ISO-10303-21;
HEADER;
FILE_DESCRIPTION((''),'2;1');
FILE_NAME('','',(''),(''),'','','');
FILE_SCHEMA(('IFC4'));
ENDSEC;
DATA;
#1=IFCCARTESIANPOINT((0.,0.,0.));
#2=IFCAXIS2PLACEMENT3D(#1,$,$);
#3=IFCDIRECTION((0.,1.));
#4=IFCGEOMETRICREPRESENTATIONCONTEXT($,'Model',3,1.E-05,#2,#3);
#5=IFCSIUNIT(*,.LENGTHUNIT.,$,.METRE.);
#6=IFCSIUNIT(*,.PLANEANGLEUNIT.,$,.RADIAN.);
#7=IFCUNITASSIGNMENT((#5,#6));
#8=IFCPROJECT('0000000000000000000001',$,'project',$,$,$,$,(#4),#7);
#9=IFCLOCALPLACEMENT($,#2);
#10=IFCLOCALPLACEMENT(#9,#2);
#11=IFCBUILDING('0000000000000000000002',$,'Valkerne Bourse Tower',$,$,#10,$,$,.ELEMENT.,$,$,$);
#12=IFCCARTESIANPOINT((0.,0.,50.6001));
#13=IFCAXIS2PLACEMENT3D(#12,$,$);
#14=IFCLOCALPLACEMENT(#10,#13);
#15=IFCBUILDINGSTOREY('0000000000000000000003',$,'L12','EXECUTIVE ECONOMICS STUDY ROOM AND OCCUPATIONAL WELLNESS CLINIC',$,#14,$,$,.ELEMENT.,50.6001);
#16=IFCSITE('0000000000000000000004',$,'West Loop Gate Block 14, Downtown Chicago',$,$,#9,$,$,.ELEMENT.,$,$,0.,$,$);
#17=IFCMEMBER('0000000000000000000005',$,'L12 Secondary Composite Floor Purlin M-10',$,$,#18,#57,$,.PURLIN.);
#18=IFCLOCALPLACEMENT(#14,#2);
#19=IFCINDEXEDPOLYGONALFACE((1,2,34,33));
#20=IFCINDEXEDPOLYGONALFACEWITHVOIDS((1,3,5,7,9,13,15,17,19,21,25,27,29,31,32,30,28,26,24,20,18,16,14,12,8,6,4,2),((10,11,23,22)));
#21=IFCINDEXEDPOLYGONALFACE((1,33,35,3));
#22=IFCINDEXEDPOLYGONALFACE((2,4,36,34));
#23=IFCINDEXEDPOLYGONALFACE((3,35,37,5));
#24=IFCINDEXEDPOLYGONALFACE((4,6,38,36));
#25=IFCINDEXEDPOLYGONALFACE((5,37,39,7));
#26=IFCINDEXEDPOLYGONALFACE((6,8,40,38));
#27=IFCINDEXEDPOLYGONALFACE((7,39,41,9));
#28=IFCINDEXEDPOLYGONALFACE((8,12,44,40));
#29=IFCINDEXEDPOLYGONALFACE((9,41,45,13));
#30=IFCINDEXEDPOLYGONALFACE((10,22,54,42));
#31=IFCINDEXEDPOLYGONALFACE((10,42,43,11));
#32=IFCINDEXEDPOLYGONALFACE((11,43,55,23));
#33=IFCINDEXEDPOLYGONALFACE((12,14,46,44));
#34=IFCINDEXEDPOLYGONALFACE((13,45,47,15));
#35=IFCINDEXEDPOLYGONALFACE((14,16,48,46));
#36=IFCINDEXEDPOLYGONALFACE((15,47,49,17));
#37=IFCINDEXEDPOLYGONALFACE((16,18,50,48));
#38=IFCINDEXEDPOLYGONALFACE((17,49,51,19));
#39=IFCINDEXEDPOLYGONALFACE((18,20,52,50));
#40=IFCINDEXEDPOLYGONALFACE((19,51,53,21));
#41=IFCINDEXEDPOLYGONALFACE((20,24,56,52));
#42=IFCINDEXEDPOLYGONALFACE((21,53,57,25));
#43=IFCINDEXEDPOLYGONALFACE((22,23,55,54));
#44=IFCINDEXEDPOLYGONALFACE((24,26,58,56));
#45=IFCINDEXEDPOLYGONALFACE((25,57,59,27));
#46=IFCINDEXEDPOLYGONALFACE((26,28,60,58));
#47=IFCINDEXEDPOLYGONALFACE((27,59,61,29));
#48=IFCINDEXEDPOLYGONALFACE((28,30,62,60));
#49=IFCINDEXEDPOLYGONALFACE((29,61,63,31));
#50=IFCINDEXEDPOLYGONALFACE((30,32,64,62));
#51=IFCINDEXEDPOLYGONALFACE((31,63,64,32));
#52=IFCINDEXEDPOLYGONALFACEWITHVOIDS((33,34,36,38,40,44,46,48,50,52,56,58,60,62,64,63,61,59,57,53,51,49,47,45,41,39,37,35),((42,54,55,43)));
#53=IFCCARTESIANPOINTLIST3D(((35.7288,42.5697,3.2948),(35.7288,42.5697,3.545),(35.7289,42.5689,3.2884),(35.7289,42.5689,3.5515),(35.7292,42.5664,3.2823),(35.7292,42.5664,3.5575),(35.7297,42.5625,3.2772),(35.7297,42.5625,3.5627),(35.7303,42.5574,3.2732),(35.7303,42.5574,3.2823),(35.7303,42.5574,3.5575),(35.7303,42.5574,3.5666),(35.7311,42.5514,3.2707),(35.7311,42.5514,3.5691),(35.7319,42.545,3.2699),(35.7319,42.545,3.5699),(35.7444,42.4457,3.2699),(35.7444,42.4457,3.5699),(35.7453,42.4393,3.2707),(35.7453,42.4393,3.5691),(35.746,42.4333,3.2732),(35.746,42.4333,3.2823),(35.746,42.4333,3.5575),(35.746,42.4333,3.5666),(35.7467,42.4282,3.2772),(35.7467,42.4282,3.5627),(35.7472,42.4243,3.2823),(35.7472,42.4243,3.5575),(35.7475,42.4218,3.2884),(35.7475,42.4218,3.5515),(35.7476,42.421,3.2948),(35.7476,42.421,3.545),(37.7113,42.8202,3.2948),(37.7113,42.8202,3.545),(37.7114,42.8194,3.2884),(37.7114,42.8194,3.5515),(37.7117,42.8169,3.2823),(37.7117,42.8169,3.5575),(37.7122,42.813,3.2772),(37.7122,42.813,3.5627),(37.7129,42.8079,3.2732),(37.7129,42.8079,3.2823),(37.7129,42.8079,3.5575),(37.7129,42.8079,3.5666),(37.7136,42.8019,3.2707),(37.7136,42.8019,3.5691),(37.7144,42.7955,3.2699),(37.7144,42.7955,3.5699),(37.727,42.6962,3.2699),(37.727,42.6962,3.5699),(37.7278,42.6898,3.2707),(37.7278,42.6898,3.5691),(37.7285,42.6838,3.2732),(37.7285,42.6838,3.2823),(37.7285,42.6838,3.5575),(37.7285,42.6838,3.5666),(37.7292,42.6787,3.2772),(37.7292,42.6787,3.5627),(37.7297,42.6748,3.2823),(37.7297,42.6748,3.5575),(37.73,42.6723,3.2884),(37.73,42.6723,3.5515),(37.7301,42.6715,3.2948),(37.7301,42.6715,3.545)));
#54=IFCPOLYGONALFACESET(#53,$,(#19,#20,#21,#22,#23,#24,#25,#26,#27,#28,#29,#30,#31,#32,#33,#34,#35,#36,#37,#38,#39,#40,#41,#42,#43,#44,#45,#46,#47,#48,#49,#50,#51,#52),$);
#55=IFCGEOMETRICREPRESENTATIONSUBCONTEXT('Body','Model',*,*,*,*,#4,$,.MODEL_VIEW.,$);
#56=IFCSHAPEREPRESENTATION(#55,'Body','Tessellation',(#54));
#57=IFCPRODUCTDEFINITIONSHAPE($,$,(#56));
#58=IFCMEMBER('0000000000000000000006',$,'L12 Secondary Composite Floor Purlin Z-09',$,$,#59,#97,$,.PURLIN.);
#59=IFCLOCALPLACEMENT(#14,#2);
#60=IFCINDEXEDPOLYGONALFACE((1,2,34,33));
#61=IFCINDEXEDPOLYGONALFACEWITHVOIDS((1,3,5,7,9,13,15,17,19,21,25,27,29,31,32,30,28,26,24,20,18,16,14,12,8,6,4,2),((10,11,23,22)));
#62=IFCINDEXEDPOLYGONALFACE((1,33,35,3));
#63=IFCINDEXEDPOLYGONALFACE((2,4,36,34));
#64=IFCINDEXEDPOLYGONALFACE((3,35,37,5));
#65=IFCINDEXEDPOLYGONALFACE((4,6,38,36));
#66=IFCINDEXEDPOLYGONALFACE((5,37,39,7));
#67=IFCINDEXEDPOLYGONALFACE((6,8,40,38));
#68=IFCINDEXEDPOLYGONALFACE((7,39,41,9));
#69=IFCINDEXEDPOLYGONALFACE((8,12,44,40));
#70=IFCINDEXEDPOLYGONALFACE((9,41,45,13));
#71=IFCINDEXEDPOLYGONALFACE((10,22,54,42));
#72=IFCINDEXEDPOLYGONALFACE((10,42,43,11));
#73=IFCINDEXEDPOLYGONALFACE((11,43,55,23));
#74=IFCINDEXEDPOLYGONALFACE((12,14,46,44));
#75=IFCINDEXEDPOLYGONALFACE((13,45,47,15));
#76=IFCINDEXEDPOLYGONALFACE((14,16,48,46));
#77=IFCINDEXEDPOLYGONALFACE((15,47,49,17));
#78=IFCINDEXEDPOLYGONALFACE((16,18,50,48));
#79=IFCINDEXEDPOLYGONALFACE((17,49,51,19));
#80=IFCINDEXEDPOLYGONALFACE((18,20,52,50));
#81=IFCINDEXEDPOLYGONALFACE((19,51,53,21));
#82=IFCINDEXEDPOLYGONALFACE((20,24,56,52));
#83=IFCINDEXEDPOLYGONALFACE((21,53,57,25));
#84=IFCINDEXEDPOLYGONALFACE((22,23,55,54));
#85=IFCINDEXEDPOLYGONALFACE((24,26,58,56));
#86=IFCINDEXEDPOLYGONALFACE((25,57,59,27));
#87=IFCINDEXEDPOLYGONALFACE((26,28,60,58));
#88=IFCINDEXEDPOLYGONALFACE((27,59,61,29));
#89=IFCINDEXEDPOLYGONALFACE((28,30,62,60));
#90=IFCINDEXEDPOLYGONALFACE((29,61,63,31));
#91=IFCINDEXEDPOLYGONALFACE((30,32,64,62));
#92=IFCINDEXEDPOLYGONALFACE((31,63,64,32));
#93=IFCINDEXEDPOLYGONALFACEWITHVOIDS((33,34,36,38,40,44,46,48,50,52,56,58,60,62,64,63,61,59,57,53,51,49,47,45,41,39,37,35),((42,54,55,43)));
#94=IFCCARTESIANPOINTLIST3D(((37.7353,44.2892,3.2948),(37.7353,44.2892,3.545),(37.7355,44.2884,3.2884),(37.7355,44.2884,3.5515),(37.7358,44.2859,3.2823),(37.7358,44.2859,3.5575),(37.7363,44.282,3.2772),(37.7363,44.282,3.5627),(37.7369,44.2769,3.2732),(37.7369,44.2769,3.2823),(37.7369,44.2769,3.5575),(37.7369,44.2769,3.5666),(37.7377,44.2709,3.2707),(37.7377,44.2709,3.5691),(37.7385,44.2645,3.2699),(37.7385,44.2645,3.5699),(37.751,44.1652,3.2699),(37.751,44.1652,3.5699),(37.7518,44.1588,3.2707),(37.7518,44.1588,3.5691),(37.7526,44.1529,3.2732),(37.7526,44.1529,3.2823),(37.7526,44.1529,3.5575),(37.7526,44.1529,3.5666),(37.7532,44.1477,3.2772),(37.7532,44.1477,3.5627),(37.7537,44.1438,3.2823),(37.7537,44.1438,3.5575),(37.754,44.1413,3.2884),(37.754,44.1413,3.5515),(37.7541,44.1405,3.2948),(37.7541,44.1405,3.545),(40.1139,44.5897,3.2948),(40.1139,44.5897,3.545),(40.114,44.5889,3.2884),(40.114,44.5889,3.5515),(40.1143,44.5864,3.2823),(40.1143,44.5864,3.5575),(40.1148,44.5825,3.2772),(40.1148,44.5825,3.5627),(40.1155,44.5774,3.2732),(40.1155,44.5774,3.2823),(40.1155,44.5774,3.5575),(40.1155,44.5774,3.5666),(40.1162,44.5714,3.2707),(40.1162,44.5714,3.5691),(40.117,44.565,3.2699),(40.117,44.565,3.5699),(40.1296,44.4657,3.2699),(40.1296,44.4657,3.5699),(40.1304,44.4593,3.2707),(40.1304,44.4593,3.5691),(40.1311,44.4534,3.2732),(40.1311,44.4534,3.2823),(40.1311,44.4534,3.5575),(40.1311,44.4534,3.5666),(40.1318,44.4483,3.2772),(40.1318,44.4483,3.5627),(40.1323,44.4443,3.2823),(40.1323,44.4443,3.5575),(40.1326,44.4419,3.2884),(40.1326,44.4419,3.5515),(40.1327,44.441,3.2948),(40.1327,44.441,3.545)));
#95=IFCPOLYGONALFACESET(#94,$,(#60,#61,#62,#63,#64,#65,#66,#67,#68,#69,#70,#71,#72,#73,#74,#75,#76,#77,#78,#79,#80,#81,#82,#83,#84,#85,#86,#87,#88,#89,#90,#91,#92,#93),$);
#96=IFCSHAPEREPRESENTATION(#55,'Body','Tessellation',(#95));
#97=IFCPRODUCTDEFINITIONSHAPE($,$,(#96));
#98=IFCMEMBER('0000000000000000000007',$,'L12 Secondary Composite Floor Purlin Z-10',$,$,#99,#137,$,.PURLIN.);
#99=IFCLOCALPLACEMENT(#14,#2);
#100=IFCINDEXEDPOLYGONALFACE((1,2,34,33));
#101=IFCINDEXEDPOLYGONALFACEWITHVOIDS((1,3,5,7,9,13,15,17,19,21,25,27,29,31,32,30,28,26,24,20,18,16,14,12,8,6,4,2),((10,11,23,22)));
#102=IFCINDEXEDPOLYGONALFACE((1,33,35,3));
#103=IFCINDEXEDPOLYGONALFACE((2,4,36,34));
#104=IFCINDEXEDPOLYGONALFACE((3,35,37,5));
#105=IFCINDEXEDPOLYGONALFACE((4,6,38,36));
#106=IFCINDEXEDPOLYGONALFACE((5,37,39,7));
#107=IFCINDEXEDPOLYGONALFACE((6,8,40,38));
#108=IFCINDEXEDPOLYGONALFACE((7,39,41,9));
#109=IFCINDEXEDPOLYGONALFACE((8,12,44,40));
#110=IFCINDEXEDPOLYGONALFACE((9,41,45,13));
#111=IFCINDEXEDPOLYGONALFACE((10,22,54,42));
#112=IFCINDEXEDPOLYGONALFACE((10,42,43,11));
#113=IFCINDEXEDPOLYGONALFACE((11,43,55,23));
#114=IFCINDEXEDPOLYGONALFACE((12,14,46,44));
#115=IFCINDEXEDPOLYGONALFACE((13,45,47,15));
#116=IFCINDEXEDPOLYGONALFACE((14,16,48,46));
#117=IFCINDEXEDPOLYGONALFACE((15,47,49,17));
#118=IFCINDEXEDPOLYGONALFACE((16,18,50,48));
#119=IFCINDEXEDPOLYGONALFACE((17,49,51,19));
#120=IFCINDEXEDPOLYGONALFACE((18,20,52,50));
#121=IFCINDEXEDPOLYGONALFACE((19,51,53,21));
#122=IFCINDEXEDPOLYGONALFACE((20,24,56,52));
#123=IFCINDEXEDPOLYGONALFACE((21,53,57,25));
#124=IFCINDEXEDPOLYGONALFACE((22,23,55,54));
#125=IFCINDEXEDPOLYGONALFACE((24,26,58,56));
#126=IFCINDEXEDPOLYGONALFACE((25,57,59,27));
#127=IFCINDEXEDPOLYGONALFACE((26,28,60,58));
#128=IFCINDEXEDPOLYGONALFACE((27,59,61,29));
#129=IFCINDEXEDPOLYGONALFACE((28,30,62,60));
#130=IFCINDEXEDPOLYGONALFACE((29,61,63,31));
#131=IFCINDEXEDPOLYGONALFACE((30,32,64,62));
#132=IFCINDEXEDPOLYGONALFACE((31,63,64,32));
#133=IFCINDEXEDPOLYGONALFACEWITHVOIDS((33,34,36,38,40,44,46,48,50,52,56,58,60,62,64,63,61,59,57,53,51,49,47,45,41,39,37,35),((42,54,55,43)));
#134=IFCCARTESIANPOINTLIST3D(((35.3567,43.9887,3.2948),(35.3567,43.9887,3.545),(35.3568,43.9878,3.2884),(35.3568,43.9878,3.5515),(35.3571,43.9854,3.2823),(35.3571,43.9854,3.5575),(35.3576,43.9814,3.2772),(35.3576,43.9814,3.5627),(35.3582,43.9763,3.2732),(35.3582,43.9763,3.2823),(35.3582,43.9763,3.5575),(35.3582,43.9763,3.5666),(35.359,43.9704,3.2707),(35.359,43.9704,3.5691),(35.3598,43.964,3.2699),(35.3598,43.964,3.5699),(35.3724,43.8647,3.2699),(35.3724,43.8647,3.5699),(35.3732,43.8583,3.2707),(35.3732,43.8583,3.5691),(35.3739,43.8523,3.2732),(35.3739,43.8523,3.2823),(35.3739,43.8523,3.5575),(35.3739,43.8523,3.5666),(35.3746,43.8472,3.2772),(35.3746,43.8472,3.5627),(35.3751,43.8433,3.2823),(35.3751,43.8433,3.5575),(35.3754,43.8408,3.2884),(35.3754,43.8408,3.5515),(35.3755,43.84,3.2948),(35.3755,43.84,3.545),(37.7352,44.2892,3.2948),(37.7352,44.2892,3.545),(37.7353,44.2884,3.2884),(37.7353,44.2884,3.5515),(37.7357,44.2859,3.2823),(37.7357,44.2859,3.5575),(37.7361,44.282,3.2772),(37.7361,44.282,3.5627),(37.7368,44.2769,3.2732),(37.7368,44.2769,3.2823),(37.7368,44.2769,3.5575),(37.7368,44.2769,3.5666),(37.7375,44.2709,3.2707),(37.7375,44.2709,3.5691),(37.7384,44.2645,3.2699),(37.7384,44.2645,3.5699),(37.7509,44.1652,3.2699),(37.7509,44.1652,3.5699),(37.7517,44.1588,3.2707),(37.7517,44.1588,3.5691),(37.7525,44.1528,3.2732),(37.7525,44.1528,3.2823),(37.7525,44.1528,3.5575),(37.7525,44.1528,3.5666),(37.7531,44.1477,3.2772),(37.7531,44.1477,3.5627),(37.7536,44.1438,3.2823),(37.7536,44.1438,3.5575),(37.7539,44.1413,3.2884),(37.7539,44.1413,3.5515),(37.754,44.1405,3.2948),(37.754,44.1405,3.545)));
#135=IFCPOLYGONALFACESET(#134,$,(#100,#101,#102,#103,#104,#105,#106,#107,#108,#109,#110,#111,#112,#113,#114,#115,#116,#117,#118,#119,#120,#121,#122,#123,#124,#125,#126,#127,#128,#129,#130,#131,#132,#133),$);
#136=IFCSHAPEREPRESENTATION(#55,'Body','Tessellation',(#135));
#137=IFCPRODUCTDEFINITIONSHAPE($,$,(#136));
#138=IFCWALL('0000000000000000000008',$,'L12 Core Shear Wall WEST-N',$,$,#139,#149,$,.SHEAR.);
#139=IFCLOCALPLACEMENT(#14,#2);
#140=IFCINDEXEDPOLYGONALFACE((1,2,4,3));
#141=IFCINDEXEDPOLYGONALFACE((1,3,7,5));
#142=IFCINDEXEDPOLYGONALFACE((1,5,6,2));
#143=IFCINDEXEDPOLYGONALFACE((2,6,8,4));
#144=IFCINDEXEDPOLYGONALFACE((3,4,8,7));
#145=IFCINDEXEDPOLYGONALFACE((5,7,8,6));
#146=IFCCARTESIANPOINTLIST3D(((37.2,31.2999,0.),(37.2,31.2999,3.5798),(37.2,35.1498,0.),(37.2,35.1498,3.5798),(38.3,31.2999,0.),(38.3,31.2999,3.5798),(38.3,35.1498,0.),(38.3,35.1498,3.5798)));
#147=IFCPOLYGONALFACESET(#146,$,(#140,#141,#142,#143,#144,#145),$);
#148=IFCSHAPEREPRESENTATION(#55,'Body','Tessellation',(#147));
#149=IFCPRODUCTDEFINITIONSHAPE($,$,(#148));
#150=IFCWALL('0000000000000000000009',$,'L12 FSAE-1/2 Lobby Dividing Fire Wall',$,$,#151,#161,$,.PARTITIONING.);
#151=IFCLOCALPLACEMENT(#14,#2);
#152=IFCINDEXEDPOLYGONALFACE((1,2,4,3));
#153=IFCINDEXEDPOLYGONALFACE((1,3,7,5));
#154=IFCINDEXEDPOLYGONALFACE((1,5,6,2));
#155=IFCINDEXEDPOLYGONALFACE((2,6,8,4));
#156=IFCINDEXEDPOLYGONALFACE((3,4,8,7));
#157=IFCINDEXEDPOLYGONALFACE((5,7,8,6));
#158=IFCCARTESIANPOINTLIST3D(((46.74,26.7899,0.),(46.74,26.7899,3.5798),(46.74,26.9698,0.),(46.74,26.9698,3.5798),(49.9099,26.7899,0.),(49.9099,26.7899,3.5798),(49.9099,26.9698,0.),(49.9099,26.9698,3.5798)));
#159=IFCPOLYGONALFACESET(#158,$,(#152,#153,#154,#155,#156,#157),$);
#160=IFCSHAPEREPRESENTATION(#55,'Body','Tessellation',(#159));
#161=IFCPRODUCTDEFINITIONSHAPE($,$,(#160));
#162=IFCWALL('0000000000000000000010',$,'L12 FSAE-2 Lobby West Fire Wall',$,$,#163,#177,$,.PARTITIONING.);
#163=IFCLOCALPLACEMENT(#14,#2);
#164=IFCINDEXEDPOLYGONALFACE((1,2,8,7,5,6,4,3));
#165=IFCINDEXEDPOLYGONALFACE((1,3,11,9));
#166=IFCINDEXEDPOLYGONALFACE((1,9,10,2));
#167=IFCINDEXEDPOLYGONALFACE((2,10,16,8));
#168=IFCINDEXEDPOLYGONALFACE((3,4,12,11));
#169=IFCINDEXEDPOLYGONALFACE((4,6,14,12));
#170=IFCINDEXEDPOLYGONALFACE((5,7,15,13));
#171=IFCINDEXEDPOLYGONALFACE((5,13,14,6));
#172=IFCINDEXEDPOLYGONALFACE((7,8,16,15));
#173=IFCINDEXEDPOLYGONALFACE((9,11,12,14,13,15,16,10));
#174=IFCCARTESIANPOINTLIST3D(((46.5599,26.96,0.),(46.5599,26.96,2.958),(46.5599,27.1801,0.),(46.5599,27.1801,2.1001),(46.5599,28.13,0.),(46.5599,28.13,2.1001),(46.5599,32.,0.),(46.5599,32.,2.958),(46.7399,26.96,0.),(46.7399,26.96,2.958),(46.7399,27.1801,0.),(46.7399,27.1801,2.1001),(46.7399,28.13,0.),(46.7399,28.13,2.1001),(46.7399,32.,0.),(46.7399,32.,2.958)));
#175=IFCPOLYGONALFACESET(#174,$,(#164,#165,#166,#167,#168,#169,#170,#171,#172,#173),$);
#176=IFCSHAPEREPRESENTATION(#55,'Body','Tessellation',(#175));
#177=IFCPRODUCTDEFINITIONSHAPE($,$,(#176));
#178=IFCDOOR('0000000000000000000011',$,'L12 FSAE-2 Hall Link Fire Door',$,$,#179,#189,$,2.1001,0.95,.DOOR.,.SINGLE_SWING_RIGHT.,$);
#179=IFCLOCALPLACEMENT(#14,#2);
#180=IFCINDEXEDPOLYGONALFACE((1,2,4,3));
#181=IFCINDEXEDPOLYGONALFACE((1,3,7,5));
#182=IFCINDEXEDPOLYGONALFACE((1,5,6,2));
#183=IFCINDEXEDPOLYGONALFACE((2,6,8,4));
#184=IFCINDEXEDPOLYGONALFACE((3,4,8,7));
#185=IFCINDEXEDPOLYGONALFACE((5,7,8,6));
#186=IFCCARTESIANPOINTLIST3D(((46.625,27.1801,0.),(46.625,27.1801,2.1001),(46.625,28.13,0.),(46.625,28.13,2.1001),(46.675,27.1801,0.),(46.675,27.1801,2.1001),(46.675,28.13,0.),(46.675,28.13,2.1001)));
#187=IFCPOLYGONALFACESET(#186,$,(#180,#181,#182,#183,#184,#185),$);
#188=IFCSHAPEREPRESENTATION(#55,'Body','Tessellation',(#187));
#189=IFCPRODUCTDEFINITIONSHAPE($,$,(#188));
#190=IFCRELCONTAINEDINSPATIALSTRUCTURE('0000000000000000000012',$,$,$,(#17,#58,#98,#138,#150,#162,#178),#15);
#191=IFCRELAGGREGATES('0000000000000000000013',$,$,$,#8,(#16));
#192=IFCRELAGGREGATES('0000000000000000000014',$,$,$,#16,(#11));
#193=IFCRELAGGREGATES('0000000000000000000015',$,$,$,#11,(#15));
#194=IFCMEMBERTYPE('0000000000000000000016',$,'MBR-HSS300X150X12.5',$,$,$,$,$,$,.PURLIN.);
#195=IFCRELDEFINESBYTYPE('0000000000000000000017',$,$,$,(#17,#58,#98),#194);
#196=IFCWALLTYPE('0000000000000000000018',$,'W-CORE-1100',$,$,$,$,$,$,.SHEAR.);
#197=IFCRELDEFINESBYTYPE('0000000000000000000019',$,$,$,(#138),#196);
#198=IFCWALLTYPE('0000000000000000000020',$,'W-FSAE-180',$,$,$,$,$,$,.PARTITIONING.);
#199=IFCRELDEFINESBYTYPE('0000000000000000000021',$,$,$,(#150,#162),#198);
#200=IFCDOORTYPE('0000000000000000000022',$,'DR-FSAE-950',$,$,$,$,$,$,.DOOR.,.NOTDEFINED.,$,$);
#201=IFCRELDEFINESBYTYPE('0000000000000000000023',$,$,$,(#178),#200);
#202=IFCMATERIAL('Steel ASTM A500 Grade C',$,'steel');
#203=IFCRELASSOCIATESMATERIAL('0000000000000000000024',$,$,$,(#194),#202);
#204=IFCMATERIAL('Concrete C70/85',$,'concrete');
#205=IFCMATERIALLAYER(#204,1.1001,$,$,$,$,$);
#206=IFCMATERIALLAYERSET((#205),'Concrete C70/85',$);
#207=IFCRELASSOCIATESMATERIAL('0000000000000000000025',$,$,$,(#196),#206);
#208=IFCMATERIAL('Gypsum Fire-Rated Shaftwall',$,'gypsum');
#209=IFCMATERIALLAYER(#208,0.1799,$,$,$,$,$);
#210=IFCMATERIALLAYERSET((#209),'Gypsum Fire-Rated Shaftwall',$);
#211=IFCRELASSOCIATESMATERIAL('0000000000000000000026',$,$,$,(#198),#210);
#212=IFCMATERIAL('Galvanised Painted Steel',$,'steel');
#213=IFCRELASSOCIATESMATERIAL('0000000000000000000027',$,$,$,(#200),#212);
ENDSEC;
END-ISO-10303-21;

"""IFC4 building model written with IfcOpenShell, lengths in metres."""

from ifc_helpers import new_model, si_unit, direction, frame, frame_2d, origin, origin_2d, place, context, subcontext, project, spatial, rectangle, hollow_rectangle, extrude, material, layer, layer_set, material_profile, profile_set, type_object, element, fill, save


model = new_model("IFC4")

# Units and contexts
model_context = context("Model", 3, precision=1e-05, world=origin(), true_north=direction((0.0, 1.0)))
body_context = subcontext(model_context, "Body", "Model", "MODEL_VIEW")
ifc_project = project(units=[si_unit("LENGTHUNIT", "METRE"), si_unit("PLANEANGLEUNIT", "RADIAN")], contexts=[model_context])

# Site, building, storey
site_placement = place(None, origin())
site = spatial("IfcSite", under=ifc_project, at=site_placement, Name="West Loop Gate Block 14, Downtown Chicago", CompositionType="ELEMENT", RefElevation=0.0)
building_placement = place(site_placement, origin())
building = spatial("IfcBuilding", under=site, at=building_placement, Name="Valkerne Bourse Tower", CompositionType="ELEMENT")
storey_placement = place(building_placement, frame((0.0, 0.0, 50.6001)))
storey = spatial("IfcBuildingStorey", under=building, at=storey_placement, Name="L12", Description="EXECUTIVE ECONOMICS STUDY ROOM AND OCCUPATIONAL WELLNESS CLINIC", CompositionType="ELEMENT", Elevation=50.6001)

# Members
ifc_material_1 = material(Name="Steel ASTM A500 Grade C", Category="steel")
ifc_material_profile_1 = material_profile(ifc_material_1, hollow_rectangle(XDim=0.1499, YDim=0.3, WallThickness=0.0125, OuterFilletRadius=0.0249, at=origin_2d()), Name="HSS300X150X12.5")
ifc_profile_set_1 = profile_set([ifc_material_profile_1], Name="Steel ASTM A500 Grade C")
member_type = type_object("IfcMemberType", Name="MBR-HSS300X150X12.5", PredefinedType="PURLIN", material=ifc_profile_set_1)
member_1_placement = place(storey_placement, frame((37.7207, 42.7458, 3.4199), z_axis=(-0.992112, -0.125358, 0.0), x_axis=(0.125358, -0.992112, 0.0)))
element("IfcMember", 1, at=member_1_placement, inside=storey, type_object=member_type, Name="L12 Secondary Composite Floor Purlin M-10", PredefinedType="PURLIN", context=body_context, shape_type="SweptSolid", body=[
    extrude(hollow_rectangle(XDim=0.1499, YDim=0.3, WallThickness=0.0125, OuterFilletRadius=0.0249, at=origin_2d()), origin(), (0.0, 0.0, 1.0), 1.9983),
])
for number, where, z_axis, x_axis, name in (
    (2, (40.1233, 44.5154, 3.4199), (-0.992113, -0.125351, 0.0), (0.125351, -0.992113, 0.0), "L12 Secondary Composite Floor Purlin Z-09"),
    (3, (37.7446, 44.2148, 3.4199), (-0.992113, -0.125351, 0.0), (0.125351, -0.992113, 0.0), "L12 Secondary Composite Floor Purlin Z-10"),
):
    element("IfcMember", number, at=place(storey_placement, frame(where, z_axis=z_axis, x_axis=x_axis)), inside=storey, type_object=member_type, Name=name, PredefinedType="PURLIN", context=body_context, shape_type="SweptSolid", body=[
        extrude(hollow_rectangle(XDim=0.1499, YDim=0.3, WallThickness=0.0125, OuterFilletRadius=0.0249, at=origin_2d()), origin(), (0.0, 0.0, 1.0), 2.3975),
    ])

# Walls
ifc_material_2 = material(Name="Concrete C70/85", Category="concrete")
ifc_layer_1 = layer(ifc_material_2, 1.1001)
ifc_layer_set_1 = layer_set([ifc_layer_1], Name="Concrete C70/85")
wall_type_1 = type_object("IfcWallType", Name="W-CORE-1100", PredefinedType="SHEAR", material=ifc_layer_set_1)
wall_1_placement = place(storey_placement, frame((37.75, 31.3, 0.0), z_axis=(0.0, 0.0, 1.0), x_axis=(0.0, 1.0, 0.0)))
element("IfcWall", 4, at=wall_1_placement, inside=storey, type_object=wall_type_1, Name="L12 Core Shear Wall WEST-N", PredefinedType="SHEAR", context=body_context, shape_type="SweptSolid", body=[
    extrude(rectangle(XDim=3.8499, YDim=1.1001, at=frame_2d((1.9248, 0.0))), origin(), (0.0, 0.0, 1.0), 3.5798),
])
ifc_material_3 = material(Name="Gypsum Fire-Rated Shaftwall", Category="gypsum")
ifc_layer_2 = layer(ifc_material_3, 0.1799)
ifc_layer_set_2 = layer_set([ifc_layer_2], Name="Gypsum Fire-Rated Shaftwall")
wall_type_2 = type_object("IfcWallType", Name="W-FSAE-180", PredefinedType="PARTITIONING", material=ifc_layer_set_2)
wall_2_placement = place(storey_placement, frame((46.74, 26.8799, 0.0), z_axis=(0.0, 0.0, 1.0), x_axis=(1.0, 0.0, 0.0)))
element("IfcWall", 5, at=wall_2_placement, inside=storey, type_object=wall_type_2, Name="L12 FSAE-1/2 Lobby Dividing Fire Wall", PredefinedType="PARTITIONING", context=body_context, shape_type="SweptSolid", body=[
    extrude(rectangle(XDim=3.1699, YDim=0.1799, at=frame_2d((1.585, 0.0))), origin(), (0.0, 0.0, 1.0), 3.5798),
])

# Wall, opening, door
wall_3_placement = place(storey_placement, frame((46.6499, 26.96, 0.0), z_axis=(0.0, 0.0, 1.0), x_axis=(0.0, 1.0, 0.0)))
wall_3 = element("IfcWall", 6, at=wall_3_placement, inside=storey, type_object=wall_type_2, Name="L12 FSAE-2 Lobby West Fire Wall", PredefinedType="PARTITIONING", context=body_context, shape_type="SweptSolid", body=[
    extrude(rectangle(XDim=5.04, YDim=0.1799, at=frame_2d((2.52, 0.0))), origin(), (0.0, 0.0, 1.0), 2.958),
])
opening_1_placement = place(wall_3_placement, frame((0.22, 0.0, 0.0)))
opening_1 = element("IfcOpeningElement", 7, at=opening_1_placement, cuts=wall_3, PredefinedType="OPENING", context=body_context, shape_type="SweptSolid", body=[
    extrude(rectangle(XDim=0.95, YDim=2.1001, at=frame_2d((0.4751, 1.05))), frame((0.0, 0.0999, 0.0), z_axis=(0.0, -1.0, 0.0), x_axis=(1.0, 0.0, 0.0)), (0.0, 0.0, 1.0), 0.2),
])
ifc_material_4 = material(Name="Galvanised Painted Steel", Category="steel")
door_type_1 = type_object("IfcDoorType", Name="DR-FSAE-950", OperationType="NOTDEFINED", PredefinedType="DOOR", material=ifc_material_4)
door_1_placement = place(opening_1_placement, origin())
door_1 = element("IfcDoor", 8, at=door_1_placement, inside=storey, type_object=door_type_1, Name="L12 FSAE-2 Hall Link Fire Door", OperationType="SINGLE_SWING_RIGHT", OverallHeight=2.1001, OverallWidth=0.95, PredefinedType="DOOR", context=body_context, shape_type="SweptSolid", body=[
    extrude(rectangle(XDim=0.95, YDim=2.1001, at=frame_2d((0.4751, 1.05))), frame((0.0, 0.0249, 0.0), z_axis=(0.0, -1.0, 0.0), x_axis=(1.0, 0.0, 0.0)), (0.0, 0.0, 1.0), 0.05),
])
fill(opening_1, door_1)

save(model, "model.ifc")
